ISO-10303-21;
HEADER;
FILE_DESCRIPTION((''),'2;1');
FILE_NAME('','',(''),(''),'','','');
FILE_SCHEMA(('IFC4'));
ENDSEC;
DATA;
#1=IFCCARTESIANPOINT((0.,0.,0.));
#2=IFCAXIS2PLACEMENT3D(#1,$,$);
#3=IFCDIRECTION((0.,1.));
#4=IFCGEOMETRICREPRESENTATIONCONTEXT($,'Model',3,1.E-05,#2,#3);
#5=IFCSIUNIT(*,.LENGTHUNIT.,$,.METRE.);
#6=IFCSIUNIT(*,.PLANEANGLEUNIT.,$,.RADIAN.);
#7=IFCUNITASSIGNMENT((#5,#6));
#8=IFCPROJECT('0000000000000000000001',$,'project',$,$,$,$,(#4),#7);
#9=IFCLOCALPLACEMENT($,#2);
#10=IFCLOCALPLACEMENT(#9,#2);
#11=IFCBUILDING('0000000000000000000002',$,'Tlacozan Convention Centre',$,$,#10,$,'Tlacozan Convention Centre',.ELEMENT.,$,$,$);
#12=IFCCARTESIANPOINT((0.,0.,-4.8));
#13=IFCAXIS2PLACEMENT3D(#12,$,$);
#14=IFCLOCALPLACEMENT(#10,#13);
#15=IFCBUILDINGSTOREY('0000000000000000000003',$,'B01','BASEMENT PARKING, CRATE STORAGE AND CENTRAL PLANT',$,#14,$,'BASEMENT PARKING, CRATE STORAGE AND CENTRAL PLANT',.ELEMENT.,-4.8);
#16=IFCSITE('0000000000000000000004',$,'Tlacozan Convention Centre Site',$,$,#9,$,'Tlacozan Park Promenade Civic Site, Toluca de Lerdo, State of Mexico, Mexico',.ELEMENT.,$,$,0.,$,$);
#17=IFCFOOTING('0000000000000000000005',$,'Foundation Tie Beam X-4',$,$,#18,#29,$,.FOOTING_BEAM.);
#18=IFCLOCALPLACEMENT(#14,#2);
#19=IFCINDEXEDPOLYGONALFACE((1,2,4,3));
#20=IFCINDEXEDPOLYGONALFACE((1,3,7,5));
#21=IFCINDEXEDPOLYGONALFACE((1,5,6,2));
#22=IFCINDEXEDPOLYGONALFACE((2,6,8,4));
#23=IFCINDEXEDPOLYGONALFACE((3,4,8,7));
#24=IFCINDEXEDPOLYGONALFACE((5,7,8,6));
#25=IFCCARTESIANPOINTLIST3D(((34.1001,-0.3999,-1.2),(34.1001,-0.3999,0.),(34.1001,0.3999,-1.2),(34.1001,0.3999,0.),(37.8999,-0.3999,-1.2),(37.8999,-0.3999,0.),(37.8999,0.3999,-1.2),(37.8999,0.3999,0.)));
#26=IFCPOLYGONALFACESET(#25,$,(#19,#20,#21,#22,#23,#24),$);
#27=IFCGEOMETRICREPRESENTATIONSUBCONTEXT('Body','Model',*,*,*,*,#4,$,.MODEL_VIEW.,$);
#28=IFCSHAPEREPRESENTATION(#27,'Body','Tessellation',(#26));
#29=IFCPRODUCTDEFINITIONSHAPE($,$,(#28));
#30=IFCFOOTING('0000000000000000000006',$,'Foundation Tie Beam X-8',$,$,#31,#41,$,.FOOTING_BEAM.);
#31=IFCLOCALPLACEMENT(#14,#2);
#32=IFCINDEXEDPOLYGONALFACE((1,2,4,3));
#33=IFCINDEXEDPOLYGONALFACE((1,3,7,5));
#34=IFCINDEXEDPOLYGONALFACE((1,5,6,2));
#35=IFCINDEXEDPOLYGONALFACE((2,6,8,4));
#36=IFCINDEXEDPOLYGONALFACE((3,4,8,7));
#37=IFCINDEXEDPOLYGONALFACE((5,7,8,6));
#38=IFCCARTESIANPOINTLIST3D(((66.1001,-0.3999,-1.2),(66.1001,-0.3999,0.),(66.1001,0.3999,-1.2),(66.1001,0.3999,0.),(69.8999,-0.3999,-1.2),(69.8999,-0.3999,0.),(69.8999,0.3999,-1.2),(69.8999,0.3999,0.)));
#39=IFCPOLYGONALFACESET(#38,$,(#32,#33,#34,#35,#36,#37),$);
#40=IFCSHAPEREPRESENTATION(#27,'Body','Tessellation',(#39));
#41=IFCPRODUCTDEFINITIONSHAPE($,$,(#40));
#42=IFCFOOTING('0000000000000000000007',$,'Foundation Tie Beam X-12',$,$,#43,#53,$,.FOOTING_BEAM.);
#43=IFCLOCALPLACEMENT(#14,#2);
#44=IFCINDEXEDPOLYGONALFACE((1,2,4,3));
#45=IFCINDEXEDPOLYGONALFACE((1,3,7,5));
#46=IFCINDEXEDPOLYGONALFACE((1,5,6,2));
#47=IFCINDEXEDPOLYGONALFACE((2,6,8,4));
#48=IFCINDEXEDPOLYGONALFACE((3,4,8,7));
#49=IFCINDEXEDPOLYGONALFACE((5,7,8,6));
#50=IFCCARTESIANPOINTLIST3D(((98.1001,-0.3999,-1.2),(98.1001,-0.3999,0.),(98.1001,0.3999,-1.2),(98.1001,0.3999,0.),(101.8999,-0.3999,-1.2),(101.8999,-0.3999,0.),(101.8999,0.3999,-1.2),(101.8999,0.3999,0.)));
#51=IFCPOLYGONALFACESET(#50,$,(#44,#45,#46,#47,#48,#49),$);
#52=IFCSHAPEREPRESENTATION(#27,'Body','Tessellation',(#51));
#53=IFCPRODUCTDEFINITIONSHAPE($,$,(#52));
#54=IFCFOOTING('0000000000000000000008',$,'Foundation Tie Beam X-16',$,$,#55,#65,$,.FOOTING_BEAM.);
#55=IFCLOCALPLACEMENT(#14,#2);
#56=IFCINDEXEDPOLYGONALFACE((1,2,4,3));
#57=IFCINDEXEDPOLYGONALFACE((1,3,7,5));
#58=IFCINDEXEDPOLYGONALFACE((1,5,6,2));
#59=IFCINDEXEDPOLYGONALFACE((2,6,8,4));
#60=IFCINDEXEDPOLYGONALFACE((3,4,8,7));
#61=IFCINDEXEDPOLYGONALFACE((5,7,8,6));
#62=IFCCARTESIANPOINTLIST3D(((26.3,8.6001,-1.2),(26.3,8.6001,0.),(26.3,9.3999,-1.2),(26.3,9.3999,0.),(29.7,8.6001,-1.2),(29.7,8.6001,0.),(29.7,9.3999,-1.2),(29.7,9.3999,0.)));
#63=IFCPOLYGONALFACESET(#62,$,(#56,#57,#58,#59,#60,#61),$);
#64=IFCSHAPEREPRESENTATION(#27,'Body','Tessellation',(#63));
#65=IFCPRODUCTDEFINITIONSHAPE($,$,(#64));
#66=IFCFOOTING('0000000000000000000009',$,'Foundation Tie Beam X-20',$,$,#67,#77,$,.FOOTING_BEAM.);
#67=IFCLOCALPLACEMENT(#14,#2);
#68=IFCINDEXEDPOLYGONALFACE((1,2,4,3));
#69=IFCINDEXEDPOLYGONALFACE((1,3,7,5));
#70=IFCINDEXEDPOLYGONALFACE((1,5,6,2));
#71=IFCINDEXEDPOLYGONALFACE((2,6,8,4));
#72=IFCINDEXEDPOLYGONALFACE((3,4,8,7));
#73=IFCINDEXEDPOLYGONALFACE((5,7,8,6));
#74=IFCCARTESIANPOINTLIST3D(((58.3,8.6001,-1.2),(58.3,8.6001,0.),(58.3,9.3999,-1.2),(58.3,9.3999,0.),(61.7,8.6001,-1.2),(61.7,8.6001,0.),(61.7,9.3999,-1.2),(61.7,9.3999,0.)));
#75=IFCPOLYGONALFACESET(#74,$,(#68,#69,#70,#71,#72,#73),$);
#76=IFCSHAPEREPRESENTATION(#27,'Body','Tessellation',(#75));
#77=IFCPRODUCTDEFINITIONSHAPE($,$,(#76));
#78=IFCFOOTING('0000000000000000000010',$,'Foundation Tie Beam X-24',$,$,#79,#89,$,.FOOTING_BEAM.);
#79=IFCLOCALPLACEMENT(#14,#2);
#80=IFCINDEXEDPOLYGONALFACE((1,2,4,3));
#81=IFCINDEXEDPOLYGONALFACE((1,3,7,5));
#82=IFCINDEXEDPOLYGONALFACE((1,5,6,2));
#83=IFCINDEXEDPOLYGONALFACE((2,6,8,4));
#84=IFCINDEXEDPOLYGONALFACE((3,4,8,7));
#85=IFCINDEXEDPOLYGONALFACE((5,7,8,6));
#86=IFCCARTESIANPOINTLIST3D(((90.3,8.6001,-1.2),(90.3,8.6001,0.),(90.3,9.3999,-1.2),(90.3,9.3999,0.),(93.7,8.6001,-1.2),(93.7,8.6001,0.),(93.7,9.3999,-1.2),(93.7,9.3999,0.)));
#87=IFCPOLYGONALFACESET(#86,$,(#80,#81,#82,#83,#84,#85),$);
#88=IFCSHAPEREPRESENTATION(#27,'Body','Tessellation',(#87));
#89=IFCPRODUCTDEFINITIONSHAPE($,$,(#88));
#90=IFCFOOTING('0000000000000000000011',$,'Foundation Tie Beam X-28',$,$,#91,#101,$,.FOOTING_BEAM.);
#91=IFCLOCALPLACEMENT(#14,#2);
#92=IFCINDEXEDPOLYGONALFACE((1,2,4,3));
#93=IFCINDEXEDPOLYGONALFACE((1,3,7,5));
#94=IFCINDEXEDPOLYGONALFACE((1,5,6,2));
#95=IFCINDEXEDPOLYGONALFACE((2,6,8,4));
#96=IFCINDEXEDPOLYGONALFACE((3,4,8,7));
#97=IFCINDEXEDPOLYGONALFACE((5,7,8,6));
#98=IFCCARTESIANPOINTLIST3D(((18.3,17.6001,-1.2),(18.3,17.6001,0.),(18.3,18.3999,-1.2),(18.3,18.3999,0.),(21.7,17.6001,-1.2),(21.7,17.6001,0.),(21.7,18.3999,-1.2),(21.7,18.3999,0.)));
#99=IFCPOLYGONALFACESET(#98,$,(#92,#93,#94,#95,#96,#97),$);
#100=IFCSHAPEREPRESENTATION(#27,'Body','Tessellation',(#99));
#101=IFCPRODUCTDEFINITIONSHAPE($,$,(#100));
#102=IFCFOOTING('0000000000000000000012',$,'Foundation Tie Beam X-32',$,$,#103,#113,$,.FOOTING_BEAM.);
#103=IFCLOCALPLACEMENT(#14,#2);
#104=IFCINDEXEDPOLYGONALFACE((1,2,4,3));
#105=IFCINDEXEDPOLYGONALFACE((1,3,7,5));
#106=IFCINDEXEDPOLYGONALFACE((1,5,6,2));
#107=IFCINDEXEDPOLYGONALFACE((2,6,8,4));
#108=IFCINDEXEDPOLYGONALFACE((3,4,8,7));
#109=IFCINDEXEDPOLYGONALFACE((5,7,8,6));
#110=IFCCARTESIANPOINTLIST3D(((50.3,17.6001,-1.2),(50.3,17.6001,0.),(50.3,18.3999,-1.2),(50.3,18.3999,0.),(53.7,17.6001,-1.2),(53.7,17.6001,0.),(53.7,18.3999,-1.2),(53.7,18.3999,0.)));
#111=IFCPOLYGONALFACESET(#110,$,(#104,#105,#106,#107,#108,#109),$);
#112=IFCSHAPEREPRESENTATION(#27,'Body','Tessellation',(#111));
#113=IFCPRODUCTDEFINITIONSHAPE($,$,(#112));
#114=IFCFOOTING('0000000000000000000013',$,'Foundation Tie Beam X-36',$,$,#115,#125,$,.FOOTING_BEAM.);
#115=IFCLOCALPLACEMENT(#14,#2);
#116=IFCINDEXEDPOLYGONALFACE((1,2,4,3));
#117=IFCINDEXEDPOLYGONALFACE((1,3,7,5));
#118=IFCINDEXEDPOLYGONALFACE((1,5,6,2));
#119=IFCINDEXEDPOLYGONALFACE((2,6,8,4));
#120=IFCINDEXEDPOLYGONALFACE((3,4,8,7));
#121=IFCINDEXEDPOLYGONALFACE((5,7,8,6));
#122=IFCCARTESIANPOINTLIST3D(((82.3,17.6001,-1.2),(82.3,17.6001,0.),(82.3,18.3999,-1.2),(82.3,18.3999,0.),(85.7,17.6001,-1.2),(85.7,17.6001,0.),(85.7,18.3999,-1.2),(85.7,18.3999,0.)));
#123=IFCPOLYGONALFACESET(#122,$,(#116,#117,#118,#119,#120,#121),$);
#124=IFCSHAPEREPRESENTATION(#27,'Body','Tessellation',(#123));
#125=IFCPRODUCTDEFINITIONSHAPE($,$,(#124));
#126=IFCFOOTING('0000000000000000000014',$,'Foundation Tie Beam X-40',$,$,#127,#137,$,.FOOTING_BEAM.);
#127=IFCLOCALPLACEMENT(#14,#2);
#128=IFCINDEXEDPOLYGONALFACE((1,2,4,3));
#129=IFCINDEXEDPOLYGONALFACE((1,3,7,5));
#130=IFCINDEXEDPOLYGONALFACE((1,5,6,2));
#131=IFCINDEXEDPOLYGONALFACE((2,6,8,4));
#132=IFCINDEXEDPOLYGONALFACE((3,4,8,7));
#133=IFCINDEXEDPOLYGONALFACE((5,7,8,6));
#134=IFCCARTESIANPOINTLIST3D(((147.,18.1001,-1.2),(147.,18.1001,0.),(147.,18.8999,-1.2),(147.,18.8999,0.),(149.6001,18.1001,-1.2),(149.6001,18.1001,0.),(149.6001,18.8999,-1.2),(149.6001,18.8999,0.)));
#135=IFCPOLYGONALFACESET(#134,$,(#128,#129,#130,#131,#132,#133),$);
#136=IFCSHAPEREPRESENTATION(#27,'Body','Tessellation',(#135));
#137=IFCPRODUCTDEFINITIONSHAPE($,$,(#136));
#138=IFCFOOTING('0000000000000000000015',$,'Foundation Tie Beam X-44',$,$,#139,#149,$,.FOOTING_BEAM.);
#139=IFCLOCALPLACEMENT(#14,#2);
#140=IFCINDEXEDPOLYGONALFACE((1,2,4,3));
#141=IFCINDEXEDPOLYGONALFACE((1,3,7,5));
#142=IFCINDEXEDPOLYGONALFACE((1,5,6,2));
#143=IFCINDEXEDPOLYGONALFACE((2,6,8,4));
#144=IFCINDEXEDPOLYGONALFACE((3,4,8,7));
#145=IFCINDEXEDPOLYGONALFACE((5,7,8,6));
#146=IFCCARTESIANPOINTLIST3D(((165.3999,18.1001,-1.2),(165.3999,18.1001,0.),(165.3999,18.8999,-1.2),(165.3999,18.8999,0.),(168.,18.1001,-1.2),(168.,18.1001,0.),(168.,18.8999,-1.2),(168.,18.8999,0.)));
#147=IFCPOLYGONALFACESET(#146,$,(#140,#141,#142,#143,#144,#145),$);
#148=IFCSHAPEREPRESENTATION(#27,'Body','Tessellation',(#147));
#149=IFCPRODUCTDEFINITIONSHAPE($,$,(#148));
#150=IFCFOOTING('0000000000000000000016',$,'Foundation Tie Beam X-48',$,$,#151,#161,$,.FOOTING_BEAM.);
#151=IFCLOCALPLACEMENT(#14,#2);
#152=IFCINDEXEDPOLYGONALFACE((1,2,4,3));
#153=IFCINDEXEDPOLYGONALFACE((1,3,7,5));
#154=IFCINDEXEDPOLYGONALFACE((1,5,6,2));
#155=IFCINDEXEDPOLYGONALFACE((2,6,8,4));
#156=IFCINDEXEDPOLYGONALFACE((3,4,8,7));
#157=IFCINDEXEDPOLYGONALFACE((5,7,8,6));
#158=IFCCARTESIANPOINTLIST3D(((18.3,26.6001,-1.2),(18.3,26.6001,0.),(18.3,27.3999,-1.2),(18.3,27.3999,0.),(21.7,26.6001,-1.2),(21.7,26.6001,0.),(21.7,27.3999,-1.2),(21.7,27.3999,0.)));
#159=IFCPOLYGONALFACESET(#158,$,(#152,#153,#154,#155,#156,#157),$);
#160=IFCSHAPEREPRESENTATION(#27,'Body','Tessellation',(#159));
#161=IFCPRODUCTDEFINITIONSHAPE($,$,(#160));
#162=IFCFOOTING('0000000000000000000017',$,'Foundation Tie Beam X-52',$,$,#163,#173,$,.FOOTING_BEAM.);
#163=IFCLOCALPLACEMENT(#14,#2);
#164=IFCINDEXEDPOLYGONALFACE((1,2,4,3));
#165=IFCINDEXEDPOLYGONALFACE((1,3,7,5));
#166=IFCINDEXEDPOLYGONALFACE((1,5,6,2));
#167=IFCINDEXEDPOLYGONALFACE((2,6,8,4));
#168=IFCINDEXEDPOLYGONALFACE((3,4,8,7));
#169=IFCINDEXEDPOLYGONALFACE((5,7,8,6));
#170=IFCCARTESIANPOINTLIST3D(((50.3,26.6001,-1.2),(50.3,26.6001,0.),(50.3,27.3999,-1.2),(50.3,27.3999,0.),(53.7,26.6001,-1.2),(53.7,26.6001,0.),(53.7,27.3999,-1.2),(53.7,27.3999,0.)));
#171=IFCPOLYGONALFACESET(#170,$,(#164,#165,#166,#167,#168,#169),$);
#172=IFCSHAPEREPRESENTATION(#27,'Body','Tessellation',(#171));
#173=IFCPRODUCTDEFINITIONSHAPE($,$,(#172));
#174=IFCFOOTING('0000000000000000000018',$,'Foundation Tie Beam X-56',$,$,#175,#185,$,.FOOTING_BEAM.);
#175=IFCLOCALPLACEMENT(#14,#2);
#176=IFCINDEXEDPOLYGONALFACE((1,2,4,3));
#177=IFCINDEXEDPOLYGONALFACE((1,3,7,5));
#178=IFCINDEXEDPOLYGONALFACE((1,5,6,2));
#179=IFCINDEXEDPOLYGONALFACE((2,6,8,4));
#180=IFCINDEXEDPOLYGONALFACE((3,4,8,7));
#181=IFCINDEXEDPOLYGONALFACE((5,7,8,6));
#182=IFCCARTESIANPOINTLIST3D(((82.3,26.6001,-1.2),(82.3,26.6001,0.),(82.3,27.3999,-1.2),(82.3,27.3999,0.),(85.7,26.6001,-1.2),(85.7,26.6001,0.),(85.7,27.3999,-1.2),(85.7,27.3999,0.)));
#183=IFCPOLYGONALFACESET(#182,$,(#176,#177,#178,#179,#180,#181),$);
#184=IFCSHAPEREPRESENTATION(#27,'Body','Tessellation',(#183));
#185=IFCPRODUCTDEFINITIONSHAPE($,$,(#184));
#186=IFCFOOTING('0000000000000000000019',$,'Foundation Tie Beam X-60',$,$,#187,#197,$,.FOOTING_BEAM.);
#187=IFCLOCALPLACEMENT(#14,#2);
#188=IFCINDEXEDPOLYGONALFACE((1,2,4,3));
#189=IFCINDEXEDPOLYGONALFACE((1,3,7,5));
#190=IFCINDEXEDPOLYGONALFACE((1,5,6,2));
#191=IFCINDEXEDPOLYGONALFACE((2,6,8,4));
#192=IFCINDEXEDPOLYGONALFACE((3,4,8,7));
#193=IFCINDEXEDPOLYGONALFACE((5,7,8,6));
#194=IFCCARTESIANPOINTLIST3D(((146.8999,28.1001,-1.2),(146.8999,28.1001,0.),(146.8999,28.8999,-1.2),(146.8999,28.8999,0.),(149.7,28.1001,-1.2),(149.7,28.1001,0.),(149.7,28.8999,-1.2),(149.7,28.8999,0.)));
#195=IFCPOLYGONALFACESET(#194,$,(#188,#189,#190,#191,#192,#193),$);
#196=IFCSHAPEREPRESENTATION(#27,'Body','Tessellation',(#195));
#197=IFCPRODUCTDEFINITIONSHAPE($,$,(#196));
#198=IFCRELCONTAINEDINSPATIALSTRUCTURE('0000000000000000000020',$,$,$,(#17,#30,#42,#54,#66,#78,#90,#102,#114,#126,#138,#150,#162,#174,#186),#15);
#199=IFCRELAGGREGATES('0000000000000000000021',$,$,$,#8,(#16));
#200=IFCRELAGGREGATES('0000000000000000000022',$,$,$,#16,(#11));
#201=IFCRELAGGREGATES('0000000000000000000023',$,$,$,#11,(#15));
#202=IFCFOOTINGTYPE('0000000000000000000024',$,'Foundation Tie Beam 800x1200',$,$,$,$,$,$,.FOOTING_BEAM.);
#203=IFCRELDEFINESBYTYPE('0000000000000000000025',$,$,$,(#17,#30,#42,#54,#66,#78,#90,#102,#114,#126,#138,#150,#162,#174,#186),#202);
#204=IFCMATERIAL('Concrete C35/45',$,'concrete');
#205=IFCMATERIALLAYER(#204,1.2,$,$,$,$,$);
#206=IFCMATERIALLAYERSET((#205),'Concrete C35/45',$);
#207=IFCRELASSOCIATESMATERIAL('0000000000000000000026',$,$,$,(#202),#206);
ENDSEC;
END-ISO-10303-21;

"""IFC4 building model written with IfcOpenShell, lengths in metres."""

from ifc_helpers import new_model, si_unit, direction, frame, origin, place, context, subcontext, project, spatial, polyline, outline, extrude, material, layer, layer_set, type_object, element, save


model = new_model("IFC4")

# Units and contexts
model_context = context("Model", 3, precision=1e-05, world=origin(), true_north=direction((0.0, 1.0)))
body_context = subcontext(model_context, "Body", "Model", "MODEL_VIEW")
ifc_project = project(units=[si_unit("LENGTHUNIT", "METRE"), si_unit("PLANEANGLEUNIT", "RADIAN")], contexts=[model_context])

# Site, building, storey
site_placement = place(None, origin())
site = spatial("IfcSite", under=ifc_project, at=site_placement, Name="Tlacozan Convention Centre Site", LongName="Tlacozan Park Promenade Civic Site, Toluca de Lerdo, State of Mexico, Mexico", CompositionType="ELEMENT", RefElevation=0.0)
building_placement = place(site_placement, origin())
building = spatial("IfcBuilding", under=site, at=building_placement, Name="Tlacozan Convention Centre", LongName="Tlacozan Convention Centre", CompositionType="ELEMENT")
storey_placement = place(building_placement, frame((0.0, 0.0, -4.8)))
storey = spatial("IfcBuildingStorey", under=building, at=storey_placement, Name="B01", Description="BASEMENT PARKING, CRATE STORAGE AND CENTRAL PLANT", LongName="BASEMENT PARKING, CRATE STORAGE AND CENTRAL PLANT", CompositionType="ELEMENT", Elevation=-4.8)

# Footings
ifc_material = material(Name="Concrete C35/45", Category="concrete")
ifc_layer = layer(ifc_material, 1.2)
ifc_layer_set = layer_set([ifc_layer], Name="Concrete C35/45")
footing_type = type_object("IfcFootingType", Name="Foundation Tie Beam 800x1200", PredefinedType="FOOTING_BEAM", material=ifc_layer_set)
footing_1_placement = place(storey_placement, frame((0.0, 0.0, -1.2)))
element("IfcFooting", 1, at=footing_1_placement, inside=storey, type_object=footing_type, Name="Foundation Tie Beam X-4", PredefinedType="FOOTING_BEAM", context=body_context, shape_type="SweptSolid", body=[
    extrude(outline(polyline([(34.1001, -0.3999), (37.8999, -0.3999), (37.8999, 0.3999), (34.1001, 0.3999), (34.1001, -0.3999)])), origin(), (0.0, 0.0, 1.0), 1.2),
])
footing_2_placement = place(storey_placement, frame((0.0, 0.0, -1.2)))
element("IfcFooting", 2, at=footing_2_placement, inside=storey, type_object=footing_type, Name="Foundation Tie Beam X-8", PredefinedType="FOOTING_BEAM", context=body_context, shape_type="SweptSolid", body=[
    extrude(outline(polyline([(66.1001, -0.3999), (69.8999, -0.3999), (69.8999, 0.3999), (66.1001, 0.3999), (66.1001, -0.3999)])), origin(), (0.0, 0.0, 1.0), 1.2),
])
footing_3_placement = place(storey_placement, frame((0.0, 0.0, -1.2)))
element("IfcFooting", 3, at=footing_3_placement, inside=storey, type_object=footing_type, Name="Foundation Tie Beam X-12", PredefinedType="FOOTING_BEAM", context=body_context, shape_type="SweptSolid", body=[
    extrude(outline(polyline([(98.1001, -0.3999), (101.8999, -0.3999), (101.8999, 0.3999), (98.1001, 0.3999), (98.1001, -0.3999)])), origin(), (0.0, 0.0, 1.0), 1.2),
])
footing_4_placement = place(storey_placement, frame((0.0, 0.0, -1.2)))
element("IfcFooting", 4, at=footing_4_placement, inside=storey, type_object=footing_type, Name="Foundation Tie Beam X-16", PredefinedType="FOOTING_BEAM", context=body_context, shape_type="SweptSolid", body=[
    extrude(outline(polyline([(26.3, 8.6001), (29.7, 8.6001), (29.7, 9.3999), (26.3, 9.3999), (26.3, 8.6001)])), origin(), (0.0, 0.0, 1.0), 1.2),
])
footing_5_placement = place(storey_placement, frame((0.0, 0.0, -1.2)))
element("IfcFooting", 5, at=footing_5_placement, inside=storey, type_object=footing_type, Name="Foundation Tie Beam X-20", PredefinedType="FOOTING_BEAM", context=body_context, shape_type="SweptSolid", body=[
    extrude(outline(polyline([(58.3, 8.6001), (61.7, 8.6001), (61.7, 9.3999), (58.3, 9.3999), (58.3, 8.6001)])), origin(), (0.0, 0.0, 1.0), 1.2),
])
footing_6_placement = place(storey_placement, frame((0.0, 0.0, -1.2)))
element("IfcFooting", 6, at=footing_6_placement, inside=storey, type_object=footing_type, Name="Foundation Tie Beam X-24", PredefinedType="FOOTING_BEAM", context=body_context, shape_type="SweptSolid", body=[
    extrude(outline(polyline([(90.3, 8.6001), (93.7, 8.6001), (93.7, 9.3999), (90.3, 9.3999), (90.3, 8.6001)])), origin(), (0.0, 0.0, 1.0), 1.2),
])
footing_7_placement = place(storey_placement, frame((0.0, 0.0, -1.2)))
element("IfcFooting", 7, at=footing_7_placement, inside=storey, type_object=footing_type, Name="Foundation Tie Beam X-28", PredefinedType="FOOTING_BEAM", context=body_context, shape_type="SweptSolid", body=[
    extrude(outline(polyline([(18.3, 17.6001), (21.7, 17.6001), (21.7, 18.3999), (18.3, 18.3999), (18.3, 17.6001)])), origin(), (0.0, 0.0, 1.0), 1.2),
])
footing_8_placement = place(storey_placement, frame((0.0, 0.0, -1.2)))
element("IfcFooting", 8, at=footing_8_placement, inside=storey, type_object=footing_type, Name="Foundation Tie Beam X-32", PredefinedType="FOOTING_BEAM", context=body_context, shape_type="SweptSolid", body=[
    extrude(outline(polyline([(50.3, 17.6001), (53.7, 17.6001), (53.7, 18.3999), (50.3, 18.3999), (50.3, 17.6001)])), origin(), (0.0, 0.0, 1.0), 1.2),
])
footing_9_placement = place(storey_placement, frame((0.0, 0.0, -1.2)))
element("IfcFooting", 9, at=footing_9_placement, inside=storey, type_object=footing_type, Name="Foundation Tie Beam X-36", PredefinedType="FOOTING_BEAM", context=body_context, shape_type="SweptSolid", body=[
    extrude(outline(polyline([(82.3, 17.6001), (85.7, 17.6001), (85.7, 18.3999), (82.3, 18.3999), (82.3, 17.6001)])), origin(), (0.0, 0.0, 1.0), 1.2),
])
footing_10_placement = place(storey_placement, frame((0.0, 0.0, -1.2)))
element("IfcFooting", 10, at=footing_10_placement, inside=storey, type_object=footing_type, Name="Foundation Tie Beam X-40", PredefinedType="FOOTING_BEAM", context=body_context, shape_type="SweptSolid", body=[
    extrude(outline(polyline([(147.0, 18.1001), (149.6001, 18.1001), (149.6001, 18.8999), (147.0, 18.8999), (147.0, 18.1001)])), origin(), (0.0, 0.0, 1.0), 1.2),
])
footing_11_placement = place(storey_placement, frame((0.0, 0.0, -1.2)))
element("IfcFooting", 11, at=footing_11_placement, inside=storey, type_object=footing_type, Name="Foundation Tie Beam X-44", PredefinedType="FOOTING_BEAM", context=body_context, shape_type="SweptSolid", body=[
    extrude(outline(polyline([(165.3999, 18.1001), (168.0, 18.1001), (168.0, 18.8999), (165.3999, 18.8999), (165.3999, 18.1001)])), origin(), (0.0, 0.0, 1.0), 1.2),
])
footing_12_placement = place(storey_placement, frame((0.0, 0.0, -1.2)))
element("IfcFooting", 12, at=footing_12_placement, inside=storey, type_object=footing_type, Name="Foundation Tie Beam X-48", PredefinedType="FOOTING_BEAM", context=body_context, shape_type="SweptSolid", body=[
    extrude(outline(polyline([(18.3, 26.6001), (21.7, 26.6001), (21.7, 27.3999), (18.3, 27.3999), (18.3, 26.6001)])), origin(), (0.0, 0.0, 1.0), 1.2),
])
footing_13_placement = place(storey_placement, frame((0.0, 0.0, -1.2)))
element("IfcFooting", 13, at=footing_13_placement, inside=storey, type_object=footing_type, Name="Foundation Tie Beam X-52", PredefinedType="FOOTING_BEAM", context=body_context, shape_type="SweptSolid", body=[
    extrude(outline(polyline([(50.3, 26.6001), (53.7, 26.6001), (53.7, 27.3999), (50.3, 27.3999), (50.3, 26.6001)])), origin(), (0.0, 0.0, 1.0), 1.2),
])
footing_14_placement = place(storey_placement, frame((0.0, 0.0, -1.2)))
element("IfcFooting", 14, at=footing_14_placement, inside=storey, type_object=footing_type, Name="Foundation Tie Beam X-56", PredefinedType="FOOTING_BEAM", context=body_context, shape_type="SweptSolid", body=[
    extrude(outline(polyline([(82.3, 26.6001), (85.7, 26.6001), (85.7, 27.3999), (82.3, 27.3999), (82.3, 26.6001)])), origin(), (0.0, 0.0, 1.0), 1.2),
])
footing_15_placement = place(storey_placement, frame((0.0, 0.0, -1.2)))
element("IfcFooting", 15, at=footing_15_placement, inside=storey, type_object=footing_type, Name="Foundation Tie Beam X-60", PredefinedType="FOOTING_BEAM", context=body_context, shape_type="SweptSolid", body=[
    extrude(outline(polyline([(146.8999, 28.1001), (149.7, 28.1001), (149.7, 28.8999), (146.8999, 28.8999), (146.8999, 28.1001)])), origin(), (0.0, 0.0, 1.0), 1.2),
])

save(model, "model.ifc")
